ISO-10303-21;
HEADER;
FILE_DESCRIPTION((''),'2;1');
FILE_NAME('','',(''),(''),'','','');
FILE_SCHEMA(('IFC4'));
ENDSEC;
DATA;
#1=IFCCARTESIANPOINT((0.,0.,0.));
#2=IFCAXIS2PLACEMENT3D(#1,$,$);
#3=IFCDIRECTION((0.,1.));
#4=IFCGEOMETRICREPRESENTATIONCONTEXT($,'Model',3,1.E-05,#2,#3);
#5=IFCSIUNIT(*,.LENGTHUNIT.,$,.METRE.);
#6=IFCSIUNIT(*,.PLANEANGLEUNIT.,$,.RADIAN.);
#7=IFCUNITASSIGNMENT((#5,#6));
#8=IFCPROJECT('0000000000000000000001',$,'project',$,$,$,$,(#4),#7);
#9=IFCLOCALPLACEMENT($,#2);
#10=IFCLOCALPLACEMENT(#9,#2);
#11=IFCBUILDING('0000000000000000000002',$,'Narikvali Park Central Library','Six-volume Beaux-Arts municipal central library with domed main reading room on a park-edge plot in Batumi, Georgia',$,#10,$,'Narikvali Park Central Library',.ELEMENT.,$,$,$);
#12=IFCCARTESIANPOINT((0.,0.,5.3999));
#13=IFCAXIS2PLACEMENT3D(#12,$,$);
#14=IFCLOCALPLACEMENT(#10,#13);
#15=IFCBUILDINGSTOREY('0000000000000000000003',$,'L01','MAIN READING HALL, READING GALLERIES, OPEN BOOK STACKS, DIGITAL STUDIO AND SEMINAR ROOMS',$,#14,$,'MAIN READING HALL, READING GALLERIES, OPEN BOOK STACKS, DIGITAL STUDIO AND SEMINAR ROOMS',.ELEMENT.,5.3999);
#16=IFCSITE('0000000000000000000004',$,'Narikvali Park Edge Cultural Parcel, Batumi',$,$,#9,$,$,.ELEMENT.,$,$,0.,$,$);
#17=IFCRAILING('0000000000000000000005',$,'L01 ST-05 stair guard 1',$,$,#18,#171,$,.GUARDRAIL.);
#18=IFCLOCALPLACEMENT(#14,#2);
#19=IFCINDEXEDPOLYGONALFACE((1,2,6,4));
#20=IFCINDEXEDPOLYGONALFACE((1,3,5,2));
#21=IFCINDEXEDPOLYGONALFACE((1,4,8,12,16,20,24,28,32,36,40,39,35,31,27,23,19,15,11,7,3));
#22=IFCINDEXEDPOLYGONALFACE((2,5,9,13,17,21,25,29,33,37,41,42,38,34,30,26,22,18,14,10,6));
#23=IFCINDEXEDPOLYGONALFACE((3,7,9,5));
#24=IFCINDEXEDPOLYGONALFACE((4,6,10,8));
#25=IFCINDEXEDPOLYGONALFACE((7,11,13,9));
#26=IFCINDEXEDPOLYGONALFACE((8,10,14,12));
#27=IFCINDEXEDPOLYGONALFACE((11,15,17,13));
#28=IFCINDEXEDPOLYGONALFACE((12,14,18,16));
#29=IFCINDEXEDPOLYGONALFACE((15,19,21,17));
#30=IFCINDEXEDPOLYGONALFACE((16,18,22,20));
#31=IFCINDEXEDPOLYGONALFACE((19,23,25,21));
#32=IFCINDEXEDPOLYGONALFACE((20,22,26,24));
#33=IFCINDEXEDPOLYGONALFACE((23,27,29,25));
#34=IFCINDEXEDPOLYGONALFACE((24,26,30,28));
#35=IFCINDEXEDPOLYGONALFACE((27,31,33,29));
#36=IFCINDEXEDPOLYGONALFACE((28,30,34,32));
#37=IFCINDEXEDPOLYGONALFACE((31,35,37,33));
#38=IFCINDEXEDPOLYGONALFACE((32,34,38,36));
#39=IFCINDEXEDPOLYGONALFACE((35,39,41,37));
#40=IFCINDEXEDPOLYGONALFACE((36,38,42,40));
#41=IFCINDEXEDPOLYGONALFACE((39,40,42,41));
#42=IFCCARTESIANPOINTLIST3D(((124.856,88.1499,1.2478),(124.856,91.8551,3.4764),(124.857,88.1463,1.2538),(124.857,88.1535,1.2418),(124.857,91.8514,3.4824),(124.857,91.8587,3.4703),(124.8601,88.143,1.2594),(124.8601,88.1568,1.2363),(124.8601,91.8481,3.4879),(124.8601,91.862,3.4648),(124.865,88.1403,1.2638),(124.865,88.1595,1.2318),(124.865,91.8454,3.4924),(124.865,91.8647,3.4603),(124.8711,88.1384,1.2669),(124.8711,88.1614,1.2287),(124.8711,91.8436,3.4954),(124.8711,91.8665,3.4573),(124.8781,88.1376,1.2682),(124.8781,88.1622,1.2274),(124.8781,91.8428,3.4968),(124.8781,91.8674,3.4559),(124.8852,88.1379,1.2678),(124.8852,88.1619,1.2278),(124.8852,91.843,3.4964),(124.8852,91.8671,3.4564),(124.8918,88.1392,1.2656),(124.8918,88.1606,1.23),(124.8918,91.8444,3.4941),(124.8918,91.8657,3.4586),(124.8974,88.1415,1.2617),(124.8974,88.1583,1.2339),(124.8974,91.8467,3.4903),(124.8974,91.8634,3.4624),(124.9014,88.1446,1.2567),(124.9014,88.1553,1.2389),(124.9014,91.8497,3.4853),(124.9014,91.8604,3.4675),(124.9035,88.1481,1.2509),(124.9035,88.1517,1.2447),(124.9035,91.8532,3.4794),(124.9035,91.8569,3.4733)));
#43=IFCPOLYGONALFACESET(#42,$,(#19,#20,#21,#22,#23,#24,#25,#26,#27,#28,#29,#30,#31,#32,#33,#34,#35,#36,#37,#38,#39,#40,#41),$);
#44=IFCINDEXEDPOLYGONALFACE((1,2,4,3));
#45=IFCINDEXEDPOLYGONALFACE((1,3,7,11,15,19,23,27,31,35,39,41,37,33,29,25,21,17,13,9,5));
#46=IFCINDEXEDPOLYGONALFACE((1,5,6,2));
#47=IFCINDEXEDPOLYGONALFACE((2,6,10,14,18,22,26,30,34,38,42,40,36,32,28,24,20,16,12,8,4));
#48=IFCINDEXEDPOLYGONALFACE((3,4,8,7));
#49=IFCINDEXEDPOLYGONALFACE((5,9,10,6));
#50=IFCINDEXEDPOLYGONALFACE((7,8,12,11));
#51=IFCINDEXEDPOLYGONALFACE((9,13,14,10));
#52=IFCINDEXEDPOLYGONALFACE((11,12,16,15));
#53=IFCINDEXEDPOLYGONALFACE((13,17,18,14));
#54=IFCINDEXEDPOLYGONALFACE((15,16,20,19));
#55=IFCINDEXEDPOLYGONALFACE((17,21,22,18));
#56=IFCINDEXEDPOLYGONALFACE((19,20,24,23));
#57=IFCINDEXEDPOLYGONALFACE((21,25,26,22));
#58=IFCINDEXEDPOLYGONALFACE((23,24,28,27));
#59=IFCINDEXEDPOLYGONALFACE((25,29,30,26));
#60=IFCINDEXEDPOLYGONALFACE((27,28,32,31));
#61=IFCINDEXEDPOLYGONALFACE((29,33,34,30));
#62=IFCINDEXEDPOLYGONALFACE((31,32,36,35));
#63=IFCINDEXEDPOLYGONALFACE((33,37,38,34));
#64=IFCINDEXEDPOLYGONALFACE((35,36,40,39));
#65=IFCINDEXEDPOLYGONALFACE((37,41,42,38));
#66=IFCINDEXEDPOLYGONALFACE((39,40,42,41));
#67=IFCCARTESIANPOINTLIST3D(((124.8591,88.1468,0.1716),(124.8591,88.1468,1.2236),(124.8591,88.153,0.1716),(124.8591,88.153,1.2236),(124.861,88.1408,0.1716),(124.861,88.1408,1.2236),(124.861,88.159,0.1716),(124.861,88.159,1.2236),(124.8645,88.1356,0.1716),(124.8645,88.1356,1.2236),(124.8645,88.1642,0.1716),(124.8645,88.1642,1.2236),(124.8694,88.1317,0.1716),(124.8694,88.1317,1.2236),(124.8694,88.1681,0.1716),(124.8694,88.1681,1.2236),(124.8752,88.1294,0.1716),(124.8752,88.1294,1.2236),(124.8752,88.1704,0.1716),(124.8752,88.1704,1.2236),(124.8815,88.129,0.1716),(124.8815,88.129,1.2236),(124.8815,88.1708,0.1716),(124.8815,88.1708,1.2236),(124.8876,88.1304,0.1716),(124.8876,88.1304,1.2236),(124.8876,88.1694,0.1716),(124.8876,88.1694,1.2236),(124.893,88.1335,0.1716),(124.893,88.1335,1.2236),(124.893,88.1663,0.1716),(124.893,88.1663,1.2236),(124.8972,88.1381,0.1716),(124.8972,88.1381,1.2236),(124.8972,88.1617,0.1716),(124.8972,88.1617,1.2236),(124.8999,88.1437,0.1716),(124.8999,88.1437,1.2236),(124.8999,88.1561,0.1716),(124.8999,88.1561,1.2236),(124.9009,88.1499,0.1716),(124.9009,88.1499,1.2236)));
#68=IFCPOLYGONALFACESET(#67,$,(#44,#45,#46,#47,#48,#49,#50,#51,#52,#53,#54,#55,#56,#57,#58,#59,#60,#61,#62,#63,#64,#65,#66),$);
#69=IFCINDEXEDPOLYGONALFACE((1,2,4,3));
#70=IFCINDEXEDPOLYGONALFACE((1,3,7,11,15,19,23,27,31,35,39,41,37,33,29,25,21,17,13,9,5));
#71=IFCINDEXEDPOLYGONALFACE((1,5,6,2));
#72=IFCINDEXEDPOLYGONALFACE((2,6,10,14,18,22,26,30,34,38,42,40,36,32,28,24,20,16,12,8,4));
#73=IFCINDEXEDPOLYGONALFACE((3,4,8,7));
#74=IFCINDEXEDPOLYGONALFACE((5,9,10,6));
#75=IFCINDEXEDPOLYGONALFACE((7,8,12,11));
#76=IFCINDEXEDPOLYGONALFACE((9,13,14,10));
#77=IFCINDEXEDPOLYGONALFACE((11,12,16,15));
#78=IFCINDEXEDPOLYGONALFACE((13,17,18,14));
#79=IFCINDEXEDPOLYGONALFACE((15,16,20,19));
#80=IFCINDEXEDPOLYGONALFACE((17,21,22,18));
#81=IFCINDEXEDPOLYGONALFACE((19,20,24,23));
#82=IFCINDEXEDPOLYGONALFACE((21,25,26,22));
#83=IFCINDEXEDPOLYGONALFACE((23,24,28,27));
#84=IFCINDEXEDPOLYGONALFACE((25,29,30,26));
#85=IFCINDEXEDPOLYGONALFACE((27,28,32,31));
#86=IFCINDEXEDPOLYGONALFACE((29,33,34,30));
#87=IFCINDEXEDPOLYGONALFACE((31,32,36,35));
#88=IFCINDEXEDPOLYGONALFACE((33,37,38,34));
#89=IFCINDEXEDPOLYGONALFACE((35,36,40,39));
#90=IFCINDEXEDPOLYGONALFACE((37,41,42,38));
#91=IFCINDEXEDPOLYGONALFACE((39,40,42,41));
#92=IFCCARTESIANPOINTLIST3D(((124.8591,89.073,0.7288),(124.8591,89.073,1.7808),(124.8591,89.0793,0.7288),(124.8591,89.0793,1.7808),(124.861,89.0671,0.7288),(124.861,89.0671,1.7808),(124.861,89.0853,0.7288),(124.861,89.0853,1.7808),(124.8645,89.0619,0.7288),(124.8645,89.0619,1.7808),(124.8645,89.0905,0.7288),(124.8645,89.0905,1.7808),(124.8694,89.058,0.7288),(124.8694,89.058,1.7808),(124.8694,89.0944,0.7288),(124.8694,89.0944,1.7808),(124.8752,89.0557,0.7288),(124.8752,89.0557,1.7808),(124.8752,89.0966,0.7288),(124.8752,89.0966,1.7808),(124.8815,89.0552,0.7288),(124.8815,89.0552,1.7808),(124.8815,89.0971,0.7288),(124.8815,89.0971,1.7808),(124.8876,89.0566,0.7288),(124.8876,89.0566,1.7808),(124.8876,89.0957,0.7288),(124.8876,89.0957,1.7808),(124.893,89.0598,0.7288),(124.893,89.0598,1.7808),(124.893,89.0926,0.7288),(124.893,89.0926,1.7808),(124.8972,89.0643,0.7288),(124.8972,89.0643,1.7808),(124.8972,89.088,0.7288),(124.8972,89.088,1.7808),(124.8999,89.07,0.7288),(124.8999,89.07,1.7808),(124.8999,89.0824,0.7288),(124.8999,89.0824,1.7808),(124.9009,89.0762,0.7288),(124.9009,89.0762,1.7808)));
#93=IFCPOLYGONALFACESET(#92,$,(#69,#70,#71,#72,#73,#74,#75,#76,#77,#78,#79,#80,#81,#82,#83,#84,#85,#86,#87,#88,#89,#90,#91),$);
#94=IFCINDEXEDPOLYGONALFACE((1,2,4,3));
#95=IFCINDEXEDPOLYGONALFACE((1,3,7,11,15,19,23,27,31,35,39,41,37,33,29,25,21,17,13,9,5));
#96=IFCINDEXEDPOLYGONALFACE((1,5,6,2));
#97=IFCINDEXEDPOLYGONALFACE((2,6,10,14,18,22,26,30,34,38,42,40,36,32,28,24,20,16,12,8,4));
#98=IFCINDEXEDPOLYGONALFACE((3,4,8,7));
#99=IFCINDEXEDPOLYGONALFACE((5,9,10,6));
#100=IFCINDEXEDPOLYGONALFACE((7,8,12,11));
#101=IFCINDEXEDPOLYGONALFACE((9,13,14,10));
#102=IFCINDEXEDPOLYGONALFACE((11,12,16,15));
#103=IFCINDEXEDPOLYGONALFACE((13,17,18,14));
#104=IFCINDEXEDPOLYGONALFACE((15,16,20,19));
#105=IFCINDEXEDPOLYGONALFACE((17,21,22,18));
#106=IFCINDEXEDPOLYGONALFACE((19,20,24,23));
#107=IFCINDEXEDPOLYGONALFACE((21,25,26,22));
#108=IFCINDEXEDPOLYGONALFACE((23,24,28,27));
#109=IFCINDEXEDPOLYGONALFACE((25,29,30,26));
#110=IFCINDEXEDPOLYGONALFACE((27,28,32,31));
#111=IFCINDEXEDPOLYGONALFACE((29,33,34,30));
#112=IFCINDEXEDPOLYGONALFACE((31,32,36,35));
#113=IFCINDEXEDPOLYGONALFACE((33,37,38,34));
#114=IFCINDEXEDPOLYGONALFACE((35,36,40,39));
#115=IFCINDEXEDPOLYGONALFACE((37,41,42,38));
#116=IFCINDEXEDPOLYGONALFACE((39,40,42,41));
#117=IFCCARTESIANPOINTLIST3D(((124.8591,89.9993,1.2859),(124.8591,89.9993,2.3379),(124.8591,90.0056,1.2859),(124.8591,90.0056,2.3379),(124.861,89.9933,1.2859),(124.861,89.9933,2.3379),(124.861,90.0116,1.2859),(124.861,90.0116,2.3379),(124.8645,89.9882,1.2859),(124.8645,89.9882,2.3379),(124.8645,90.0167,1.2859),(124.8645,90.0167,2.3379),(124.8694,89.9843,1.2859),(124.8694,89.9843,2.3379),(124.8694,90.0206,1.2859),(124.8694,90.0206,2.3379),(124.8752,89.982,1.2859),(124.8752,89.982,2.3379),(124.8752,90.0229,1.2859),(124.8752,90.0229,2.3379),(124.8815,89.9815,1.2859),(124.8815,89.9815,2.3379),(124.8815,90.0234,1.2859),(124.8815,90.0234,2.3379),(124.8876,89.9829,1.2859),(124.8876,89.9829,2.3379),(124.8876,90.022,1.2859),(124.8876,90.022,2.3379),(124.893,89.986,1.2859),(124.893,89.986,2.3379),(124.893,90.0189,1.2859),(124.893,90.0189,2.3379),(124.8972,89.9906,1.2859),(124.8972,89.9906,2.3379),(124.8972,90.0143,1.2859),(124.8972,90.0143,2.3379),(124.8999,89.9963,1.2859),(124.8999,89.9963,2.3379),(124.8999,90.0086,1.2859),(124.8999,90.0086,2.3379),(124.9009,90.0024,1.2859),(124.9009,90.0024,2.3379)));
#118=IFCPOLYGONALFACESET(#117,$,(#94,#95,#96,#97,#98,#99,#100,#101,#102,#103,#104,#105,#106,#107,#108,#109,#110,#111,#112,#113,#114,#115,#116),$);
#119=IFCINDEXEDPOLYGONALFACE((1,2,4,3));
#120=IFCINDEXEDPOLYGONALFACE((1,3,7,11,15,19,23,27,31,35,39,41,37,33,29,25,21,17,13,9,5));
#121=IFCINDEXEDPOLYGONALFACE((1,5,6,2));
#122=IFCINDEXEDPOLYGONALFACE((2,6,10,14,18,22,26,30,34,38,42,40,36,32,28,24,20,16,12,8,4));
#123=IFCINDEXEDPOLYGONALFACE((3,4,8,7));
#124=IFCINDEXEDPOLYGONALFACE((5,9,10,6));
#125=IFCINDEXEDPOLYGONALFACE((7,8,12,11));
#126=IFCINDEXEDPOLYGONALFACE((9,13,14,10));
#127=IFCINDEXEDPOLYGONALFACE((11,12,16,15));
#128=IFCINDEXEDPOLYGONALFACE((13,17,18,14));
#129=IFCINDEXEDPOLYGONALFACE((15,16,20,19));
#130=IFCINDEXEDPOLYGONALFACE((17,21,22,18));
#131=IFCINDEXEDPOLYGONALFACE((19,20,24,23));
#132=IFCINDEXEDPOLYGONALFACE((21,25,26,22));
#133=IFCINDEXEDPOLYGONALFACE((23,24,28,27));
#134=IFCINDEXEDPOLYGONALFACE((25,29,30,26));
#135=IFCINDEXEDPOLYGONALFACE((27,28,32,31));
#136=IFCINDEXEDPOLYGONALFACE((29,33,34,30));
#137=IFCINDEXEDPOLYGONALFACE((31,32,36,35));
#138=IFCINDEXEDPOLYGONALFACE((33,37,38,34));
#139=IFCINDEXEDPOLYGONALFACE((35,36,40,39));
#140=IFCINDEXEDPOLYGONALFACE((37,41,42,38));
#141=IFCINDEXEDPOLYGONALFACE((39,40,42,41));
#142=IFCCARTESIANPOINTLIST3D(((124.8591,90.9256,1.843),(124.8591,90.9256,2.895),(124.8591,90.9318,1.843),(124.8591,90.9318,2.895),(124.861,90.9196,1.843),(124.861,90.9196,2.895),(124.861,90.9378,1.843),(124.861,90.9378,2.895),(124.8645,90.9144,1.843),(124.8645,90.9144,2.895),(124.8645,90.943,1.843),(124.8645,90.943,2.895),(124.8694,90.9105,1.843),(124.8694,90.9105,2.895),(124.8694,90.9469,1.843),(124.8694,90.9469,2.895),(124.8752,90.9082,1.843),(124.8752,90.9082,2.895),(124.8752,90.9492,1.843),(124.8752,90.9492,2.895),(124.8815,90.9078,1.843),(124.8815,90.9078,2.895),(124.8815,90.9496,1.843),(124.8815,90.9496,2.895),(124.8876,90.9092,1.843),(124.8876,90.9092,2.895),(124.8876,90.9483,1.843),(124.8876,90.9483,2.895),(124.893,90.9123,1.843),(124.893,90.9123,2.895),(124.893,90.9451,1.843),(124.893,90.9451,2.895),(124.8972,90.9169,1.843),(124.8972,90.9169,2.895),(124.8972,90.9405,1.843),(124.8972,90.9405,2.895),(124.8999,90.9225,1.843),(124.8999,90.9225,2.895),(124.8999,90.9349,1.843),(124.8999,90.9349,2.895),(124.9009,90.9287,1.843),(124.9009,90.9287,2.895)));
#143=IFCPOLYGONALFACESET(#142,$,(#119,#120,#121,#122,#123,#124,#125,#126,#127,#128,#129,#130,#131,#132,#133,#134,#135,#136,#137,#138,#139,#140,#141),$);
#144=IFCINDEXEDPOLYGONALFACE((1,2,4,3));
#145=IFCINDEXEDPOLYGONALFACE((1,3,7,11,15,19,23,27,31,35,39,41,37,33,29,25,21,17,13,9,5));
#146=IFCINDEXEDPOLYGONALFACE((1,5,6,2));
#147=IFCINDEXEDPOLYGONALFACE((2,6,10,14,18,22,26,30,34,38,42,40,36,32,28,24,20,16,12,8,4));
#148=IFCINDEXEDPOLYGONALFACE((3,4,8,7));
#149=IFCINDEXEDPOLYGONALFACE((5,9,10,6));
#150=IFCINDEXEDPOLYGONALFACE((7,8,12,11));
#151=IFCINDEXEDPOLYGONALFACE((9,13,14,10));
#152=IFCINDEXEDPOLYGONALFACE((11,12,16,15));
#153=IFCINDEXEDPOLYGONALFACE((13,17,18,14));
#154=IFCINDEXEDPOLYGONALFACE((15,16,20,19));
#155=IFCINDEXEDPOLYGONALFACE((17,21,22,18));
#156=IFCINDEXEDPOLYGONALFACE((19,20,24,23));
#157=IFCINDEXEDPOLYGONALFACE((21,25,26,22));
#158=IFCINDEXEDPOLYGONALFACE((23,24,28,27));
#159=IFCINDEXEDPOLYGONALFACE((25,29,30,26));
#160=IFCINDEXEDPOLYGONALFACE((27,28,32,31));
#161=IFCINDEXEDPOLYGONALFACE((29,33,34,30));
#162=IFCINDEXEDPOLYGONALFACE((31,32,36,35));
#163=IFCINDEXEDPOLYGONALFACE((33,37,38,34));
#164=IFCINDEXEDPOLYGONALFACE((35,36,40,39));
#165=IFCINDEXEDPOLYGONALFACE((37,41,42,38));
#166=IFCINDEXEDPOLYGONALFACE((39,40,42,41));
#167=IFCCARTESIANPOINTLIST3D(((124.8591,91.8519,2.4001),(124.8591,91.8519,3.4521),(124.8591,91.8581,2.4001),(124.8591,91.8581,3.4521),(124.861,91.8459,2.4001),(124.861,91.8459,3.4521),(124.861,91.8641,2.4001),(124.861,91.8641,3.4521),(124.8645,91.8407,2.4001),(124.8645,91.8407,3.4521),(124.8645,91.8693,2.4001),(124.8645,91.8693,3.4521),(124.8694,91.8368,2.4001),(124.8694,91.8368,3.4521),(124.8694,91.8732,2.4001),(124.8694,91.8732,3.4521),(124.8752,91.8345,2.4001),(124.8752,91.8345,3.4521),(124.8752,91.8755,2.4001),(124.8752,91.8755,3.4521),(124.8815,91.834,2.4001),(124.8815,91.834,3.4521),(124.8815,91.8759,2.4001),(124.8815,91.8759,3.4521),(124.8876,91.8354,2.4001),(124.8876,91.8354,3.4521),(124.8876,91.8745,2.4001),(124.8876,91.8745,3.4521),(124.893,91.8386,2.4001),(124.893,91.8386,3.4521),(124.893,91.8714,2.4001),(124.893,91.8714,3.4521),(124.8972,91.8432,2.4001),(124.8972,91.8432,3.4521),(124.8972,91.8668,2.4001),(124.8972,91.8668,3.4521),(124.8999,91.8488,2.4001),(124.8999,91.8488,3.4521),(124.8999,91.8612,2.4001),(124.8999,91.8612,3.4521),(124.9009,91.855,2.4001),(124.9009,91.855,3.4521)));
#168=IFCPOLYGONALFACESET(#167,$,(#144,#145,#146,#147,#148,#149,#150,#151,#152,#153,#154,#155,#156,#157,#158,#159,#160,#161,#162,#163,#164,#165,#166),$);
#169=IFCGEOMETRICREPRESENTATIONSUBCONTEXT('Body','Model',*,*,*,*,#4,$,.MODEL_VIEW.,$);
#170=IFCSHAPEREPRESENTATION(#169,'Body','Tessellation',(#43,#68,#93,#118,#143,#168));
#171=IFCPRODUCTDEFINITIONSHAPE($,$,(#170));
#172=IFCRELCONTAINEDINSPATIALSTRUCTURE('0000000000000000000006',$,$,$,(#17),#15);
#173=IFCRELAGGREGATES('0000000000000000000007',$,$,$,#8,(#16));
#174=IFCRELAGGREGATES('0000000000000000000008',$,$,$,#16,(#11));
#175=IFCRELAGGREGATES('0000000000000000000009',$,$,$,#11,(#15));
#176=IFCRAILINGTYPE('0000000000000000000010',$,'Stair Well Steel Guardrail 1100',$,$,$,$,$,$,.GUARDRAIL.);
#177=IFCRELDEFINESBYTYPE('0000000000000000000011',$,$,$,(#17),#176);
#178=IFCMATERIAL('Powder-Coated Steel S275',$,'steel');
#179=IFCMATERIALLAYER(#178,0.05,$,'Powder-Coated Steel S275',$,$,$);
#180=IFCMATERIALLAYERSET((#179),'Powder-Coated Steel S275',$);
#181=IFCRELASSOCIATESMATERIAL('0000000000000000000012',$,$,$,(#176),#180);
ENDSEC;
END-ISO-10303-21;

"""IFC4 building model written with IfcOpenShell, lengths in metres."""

from ifc_helpers import new_model, si_unit, direction, frame, origin, origin_2d, place, context, subcontext, project, spatial, circle, extrude, material, layer, layer_set, type_object, element, save


model = new_model("IFC4")

# Units and contexts
model_context = context("Model", 3, precision=1e-05, world=origin(), true_north=direction((0.0, 1.0)))
body_context = subcontext(model_context, "Body", "Model", "MODEL_VIEW")
ifc_project = project(units=[si_unit("LENGTHUNIT", "METRE"), si_unit("PLANEANGLEUNIT", "RADIAN")], contexts=[model_context])

# Site, building, storey
site_placement = place(None, origin())
site = spatial("IfcSite", under=ifc_project, at=site_placement, Name="Narikvali Park Edge Cultural Parcel, Batumi", CompositionType="ELEMENT", RefElevation=0.0)
building_placement = place(site_placement, origin())
building = spatial("IfcBuilding", under=site, at=building_placement, Name="Narikvali Park Central Library", Description="Six-volume Beaux-Arts municipal central library with domed main reading room on a park-edge plot in Batumi, Georgia", LongName="Narikvali Park Central Library", CompositionType="ELEMENT")
storey_placement = place(building_placement, frame((0.0, 0.0, 5.3999)))
storey = spatial("IfcBuildingStorey", under=building, at=storey_placement, Name="L01", Description="MAIN READING HALL, READING GALLERIES, OPEN BOOK STACKS, DIGITAL STUDIO AND SEMINAR ROOMS", LongName="MAIN READING HALL, READING GALLERIES, OPEN BOOK STACKS, DIGITAL STUDIO AND SEMINAR ROOMS", CompositionType="ELEMENT", Elevation=5.3999)

# Railing
ifc_material_1 = material(Name="Powder-Coated Steel S275", Category="steel")
ifc_layer_1 = layer(ifc_material_1, 0.05, Name="Powder-Coated Steel S275")
ifc_layer_set_1 = layer_set([ifc_layer_1], Name="Powder-Coated Steel S275")
railing_type_1 = type_object("IfcRailingType", Name="Stair Well Steel Guardrail 1100", PredefinedType="GUARDRAIL", material=ifc_layer_set_1)
railing_1_placement = place(storey_placement, frame((124.8799, 88.1499, 0.1716)))
element("IfcRailing", 1, at=railing_1_placement, inside=storey, type_object=railing_type_1, Name="L01 ST-05 stair guard 1", PredefinedType="GUARDRAIL", context=body_context, shape_type="SweptSolid", body=[
    extrude(circle(Radius=0.0239, at=origin_2d()), frame((0.0, 0.0, 1.0762), z_axis=(0.0, 0.856934, 0.515425), x_axis=(-1.0, 0.0, 0.0)), (0.0, 0.0, 1.0), 4.3237),
    extrude(circle(Radius=0.021, at=origin_2d()), origin(), (0.0, 0.0, 1.0), 1.052),
    extrude(circle(Radius=0.021, at=origin_2d()), frame((0.0, 0.9263, 0.5571)), (0.0, 0.0, 1.0), 1.052),
    extrude(circle(Radius=0.021, at=origin_2d()), frame((0.0, 1.8525, 1.1143)), (0.0, 0.0, 1.0), 1.052),
    extrude(circle(Radius=0.021, at=origin_2d()), frame((0.0, 2.7788, 1.6714)), (0.0, 0.0, 1.0), 1.052),
    extrude(circle(Radius=0.021, at=origin_2d()), frame((0.0, 3.7051, 2.2285)), (0.0, 0.0, 1.0), 1.052),
])

save(model, "model.ifc")
